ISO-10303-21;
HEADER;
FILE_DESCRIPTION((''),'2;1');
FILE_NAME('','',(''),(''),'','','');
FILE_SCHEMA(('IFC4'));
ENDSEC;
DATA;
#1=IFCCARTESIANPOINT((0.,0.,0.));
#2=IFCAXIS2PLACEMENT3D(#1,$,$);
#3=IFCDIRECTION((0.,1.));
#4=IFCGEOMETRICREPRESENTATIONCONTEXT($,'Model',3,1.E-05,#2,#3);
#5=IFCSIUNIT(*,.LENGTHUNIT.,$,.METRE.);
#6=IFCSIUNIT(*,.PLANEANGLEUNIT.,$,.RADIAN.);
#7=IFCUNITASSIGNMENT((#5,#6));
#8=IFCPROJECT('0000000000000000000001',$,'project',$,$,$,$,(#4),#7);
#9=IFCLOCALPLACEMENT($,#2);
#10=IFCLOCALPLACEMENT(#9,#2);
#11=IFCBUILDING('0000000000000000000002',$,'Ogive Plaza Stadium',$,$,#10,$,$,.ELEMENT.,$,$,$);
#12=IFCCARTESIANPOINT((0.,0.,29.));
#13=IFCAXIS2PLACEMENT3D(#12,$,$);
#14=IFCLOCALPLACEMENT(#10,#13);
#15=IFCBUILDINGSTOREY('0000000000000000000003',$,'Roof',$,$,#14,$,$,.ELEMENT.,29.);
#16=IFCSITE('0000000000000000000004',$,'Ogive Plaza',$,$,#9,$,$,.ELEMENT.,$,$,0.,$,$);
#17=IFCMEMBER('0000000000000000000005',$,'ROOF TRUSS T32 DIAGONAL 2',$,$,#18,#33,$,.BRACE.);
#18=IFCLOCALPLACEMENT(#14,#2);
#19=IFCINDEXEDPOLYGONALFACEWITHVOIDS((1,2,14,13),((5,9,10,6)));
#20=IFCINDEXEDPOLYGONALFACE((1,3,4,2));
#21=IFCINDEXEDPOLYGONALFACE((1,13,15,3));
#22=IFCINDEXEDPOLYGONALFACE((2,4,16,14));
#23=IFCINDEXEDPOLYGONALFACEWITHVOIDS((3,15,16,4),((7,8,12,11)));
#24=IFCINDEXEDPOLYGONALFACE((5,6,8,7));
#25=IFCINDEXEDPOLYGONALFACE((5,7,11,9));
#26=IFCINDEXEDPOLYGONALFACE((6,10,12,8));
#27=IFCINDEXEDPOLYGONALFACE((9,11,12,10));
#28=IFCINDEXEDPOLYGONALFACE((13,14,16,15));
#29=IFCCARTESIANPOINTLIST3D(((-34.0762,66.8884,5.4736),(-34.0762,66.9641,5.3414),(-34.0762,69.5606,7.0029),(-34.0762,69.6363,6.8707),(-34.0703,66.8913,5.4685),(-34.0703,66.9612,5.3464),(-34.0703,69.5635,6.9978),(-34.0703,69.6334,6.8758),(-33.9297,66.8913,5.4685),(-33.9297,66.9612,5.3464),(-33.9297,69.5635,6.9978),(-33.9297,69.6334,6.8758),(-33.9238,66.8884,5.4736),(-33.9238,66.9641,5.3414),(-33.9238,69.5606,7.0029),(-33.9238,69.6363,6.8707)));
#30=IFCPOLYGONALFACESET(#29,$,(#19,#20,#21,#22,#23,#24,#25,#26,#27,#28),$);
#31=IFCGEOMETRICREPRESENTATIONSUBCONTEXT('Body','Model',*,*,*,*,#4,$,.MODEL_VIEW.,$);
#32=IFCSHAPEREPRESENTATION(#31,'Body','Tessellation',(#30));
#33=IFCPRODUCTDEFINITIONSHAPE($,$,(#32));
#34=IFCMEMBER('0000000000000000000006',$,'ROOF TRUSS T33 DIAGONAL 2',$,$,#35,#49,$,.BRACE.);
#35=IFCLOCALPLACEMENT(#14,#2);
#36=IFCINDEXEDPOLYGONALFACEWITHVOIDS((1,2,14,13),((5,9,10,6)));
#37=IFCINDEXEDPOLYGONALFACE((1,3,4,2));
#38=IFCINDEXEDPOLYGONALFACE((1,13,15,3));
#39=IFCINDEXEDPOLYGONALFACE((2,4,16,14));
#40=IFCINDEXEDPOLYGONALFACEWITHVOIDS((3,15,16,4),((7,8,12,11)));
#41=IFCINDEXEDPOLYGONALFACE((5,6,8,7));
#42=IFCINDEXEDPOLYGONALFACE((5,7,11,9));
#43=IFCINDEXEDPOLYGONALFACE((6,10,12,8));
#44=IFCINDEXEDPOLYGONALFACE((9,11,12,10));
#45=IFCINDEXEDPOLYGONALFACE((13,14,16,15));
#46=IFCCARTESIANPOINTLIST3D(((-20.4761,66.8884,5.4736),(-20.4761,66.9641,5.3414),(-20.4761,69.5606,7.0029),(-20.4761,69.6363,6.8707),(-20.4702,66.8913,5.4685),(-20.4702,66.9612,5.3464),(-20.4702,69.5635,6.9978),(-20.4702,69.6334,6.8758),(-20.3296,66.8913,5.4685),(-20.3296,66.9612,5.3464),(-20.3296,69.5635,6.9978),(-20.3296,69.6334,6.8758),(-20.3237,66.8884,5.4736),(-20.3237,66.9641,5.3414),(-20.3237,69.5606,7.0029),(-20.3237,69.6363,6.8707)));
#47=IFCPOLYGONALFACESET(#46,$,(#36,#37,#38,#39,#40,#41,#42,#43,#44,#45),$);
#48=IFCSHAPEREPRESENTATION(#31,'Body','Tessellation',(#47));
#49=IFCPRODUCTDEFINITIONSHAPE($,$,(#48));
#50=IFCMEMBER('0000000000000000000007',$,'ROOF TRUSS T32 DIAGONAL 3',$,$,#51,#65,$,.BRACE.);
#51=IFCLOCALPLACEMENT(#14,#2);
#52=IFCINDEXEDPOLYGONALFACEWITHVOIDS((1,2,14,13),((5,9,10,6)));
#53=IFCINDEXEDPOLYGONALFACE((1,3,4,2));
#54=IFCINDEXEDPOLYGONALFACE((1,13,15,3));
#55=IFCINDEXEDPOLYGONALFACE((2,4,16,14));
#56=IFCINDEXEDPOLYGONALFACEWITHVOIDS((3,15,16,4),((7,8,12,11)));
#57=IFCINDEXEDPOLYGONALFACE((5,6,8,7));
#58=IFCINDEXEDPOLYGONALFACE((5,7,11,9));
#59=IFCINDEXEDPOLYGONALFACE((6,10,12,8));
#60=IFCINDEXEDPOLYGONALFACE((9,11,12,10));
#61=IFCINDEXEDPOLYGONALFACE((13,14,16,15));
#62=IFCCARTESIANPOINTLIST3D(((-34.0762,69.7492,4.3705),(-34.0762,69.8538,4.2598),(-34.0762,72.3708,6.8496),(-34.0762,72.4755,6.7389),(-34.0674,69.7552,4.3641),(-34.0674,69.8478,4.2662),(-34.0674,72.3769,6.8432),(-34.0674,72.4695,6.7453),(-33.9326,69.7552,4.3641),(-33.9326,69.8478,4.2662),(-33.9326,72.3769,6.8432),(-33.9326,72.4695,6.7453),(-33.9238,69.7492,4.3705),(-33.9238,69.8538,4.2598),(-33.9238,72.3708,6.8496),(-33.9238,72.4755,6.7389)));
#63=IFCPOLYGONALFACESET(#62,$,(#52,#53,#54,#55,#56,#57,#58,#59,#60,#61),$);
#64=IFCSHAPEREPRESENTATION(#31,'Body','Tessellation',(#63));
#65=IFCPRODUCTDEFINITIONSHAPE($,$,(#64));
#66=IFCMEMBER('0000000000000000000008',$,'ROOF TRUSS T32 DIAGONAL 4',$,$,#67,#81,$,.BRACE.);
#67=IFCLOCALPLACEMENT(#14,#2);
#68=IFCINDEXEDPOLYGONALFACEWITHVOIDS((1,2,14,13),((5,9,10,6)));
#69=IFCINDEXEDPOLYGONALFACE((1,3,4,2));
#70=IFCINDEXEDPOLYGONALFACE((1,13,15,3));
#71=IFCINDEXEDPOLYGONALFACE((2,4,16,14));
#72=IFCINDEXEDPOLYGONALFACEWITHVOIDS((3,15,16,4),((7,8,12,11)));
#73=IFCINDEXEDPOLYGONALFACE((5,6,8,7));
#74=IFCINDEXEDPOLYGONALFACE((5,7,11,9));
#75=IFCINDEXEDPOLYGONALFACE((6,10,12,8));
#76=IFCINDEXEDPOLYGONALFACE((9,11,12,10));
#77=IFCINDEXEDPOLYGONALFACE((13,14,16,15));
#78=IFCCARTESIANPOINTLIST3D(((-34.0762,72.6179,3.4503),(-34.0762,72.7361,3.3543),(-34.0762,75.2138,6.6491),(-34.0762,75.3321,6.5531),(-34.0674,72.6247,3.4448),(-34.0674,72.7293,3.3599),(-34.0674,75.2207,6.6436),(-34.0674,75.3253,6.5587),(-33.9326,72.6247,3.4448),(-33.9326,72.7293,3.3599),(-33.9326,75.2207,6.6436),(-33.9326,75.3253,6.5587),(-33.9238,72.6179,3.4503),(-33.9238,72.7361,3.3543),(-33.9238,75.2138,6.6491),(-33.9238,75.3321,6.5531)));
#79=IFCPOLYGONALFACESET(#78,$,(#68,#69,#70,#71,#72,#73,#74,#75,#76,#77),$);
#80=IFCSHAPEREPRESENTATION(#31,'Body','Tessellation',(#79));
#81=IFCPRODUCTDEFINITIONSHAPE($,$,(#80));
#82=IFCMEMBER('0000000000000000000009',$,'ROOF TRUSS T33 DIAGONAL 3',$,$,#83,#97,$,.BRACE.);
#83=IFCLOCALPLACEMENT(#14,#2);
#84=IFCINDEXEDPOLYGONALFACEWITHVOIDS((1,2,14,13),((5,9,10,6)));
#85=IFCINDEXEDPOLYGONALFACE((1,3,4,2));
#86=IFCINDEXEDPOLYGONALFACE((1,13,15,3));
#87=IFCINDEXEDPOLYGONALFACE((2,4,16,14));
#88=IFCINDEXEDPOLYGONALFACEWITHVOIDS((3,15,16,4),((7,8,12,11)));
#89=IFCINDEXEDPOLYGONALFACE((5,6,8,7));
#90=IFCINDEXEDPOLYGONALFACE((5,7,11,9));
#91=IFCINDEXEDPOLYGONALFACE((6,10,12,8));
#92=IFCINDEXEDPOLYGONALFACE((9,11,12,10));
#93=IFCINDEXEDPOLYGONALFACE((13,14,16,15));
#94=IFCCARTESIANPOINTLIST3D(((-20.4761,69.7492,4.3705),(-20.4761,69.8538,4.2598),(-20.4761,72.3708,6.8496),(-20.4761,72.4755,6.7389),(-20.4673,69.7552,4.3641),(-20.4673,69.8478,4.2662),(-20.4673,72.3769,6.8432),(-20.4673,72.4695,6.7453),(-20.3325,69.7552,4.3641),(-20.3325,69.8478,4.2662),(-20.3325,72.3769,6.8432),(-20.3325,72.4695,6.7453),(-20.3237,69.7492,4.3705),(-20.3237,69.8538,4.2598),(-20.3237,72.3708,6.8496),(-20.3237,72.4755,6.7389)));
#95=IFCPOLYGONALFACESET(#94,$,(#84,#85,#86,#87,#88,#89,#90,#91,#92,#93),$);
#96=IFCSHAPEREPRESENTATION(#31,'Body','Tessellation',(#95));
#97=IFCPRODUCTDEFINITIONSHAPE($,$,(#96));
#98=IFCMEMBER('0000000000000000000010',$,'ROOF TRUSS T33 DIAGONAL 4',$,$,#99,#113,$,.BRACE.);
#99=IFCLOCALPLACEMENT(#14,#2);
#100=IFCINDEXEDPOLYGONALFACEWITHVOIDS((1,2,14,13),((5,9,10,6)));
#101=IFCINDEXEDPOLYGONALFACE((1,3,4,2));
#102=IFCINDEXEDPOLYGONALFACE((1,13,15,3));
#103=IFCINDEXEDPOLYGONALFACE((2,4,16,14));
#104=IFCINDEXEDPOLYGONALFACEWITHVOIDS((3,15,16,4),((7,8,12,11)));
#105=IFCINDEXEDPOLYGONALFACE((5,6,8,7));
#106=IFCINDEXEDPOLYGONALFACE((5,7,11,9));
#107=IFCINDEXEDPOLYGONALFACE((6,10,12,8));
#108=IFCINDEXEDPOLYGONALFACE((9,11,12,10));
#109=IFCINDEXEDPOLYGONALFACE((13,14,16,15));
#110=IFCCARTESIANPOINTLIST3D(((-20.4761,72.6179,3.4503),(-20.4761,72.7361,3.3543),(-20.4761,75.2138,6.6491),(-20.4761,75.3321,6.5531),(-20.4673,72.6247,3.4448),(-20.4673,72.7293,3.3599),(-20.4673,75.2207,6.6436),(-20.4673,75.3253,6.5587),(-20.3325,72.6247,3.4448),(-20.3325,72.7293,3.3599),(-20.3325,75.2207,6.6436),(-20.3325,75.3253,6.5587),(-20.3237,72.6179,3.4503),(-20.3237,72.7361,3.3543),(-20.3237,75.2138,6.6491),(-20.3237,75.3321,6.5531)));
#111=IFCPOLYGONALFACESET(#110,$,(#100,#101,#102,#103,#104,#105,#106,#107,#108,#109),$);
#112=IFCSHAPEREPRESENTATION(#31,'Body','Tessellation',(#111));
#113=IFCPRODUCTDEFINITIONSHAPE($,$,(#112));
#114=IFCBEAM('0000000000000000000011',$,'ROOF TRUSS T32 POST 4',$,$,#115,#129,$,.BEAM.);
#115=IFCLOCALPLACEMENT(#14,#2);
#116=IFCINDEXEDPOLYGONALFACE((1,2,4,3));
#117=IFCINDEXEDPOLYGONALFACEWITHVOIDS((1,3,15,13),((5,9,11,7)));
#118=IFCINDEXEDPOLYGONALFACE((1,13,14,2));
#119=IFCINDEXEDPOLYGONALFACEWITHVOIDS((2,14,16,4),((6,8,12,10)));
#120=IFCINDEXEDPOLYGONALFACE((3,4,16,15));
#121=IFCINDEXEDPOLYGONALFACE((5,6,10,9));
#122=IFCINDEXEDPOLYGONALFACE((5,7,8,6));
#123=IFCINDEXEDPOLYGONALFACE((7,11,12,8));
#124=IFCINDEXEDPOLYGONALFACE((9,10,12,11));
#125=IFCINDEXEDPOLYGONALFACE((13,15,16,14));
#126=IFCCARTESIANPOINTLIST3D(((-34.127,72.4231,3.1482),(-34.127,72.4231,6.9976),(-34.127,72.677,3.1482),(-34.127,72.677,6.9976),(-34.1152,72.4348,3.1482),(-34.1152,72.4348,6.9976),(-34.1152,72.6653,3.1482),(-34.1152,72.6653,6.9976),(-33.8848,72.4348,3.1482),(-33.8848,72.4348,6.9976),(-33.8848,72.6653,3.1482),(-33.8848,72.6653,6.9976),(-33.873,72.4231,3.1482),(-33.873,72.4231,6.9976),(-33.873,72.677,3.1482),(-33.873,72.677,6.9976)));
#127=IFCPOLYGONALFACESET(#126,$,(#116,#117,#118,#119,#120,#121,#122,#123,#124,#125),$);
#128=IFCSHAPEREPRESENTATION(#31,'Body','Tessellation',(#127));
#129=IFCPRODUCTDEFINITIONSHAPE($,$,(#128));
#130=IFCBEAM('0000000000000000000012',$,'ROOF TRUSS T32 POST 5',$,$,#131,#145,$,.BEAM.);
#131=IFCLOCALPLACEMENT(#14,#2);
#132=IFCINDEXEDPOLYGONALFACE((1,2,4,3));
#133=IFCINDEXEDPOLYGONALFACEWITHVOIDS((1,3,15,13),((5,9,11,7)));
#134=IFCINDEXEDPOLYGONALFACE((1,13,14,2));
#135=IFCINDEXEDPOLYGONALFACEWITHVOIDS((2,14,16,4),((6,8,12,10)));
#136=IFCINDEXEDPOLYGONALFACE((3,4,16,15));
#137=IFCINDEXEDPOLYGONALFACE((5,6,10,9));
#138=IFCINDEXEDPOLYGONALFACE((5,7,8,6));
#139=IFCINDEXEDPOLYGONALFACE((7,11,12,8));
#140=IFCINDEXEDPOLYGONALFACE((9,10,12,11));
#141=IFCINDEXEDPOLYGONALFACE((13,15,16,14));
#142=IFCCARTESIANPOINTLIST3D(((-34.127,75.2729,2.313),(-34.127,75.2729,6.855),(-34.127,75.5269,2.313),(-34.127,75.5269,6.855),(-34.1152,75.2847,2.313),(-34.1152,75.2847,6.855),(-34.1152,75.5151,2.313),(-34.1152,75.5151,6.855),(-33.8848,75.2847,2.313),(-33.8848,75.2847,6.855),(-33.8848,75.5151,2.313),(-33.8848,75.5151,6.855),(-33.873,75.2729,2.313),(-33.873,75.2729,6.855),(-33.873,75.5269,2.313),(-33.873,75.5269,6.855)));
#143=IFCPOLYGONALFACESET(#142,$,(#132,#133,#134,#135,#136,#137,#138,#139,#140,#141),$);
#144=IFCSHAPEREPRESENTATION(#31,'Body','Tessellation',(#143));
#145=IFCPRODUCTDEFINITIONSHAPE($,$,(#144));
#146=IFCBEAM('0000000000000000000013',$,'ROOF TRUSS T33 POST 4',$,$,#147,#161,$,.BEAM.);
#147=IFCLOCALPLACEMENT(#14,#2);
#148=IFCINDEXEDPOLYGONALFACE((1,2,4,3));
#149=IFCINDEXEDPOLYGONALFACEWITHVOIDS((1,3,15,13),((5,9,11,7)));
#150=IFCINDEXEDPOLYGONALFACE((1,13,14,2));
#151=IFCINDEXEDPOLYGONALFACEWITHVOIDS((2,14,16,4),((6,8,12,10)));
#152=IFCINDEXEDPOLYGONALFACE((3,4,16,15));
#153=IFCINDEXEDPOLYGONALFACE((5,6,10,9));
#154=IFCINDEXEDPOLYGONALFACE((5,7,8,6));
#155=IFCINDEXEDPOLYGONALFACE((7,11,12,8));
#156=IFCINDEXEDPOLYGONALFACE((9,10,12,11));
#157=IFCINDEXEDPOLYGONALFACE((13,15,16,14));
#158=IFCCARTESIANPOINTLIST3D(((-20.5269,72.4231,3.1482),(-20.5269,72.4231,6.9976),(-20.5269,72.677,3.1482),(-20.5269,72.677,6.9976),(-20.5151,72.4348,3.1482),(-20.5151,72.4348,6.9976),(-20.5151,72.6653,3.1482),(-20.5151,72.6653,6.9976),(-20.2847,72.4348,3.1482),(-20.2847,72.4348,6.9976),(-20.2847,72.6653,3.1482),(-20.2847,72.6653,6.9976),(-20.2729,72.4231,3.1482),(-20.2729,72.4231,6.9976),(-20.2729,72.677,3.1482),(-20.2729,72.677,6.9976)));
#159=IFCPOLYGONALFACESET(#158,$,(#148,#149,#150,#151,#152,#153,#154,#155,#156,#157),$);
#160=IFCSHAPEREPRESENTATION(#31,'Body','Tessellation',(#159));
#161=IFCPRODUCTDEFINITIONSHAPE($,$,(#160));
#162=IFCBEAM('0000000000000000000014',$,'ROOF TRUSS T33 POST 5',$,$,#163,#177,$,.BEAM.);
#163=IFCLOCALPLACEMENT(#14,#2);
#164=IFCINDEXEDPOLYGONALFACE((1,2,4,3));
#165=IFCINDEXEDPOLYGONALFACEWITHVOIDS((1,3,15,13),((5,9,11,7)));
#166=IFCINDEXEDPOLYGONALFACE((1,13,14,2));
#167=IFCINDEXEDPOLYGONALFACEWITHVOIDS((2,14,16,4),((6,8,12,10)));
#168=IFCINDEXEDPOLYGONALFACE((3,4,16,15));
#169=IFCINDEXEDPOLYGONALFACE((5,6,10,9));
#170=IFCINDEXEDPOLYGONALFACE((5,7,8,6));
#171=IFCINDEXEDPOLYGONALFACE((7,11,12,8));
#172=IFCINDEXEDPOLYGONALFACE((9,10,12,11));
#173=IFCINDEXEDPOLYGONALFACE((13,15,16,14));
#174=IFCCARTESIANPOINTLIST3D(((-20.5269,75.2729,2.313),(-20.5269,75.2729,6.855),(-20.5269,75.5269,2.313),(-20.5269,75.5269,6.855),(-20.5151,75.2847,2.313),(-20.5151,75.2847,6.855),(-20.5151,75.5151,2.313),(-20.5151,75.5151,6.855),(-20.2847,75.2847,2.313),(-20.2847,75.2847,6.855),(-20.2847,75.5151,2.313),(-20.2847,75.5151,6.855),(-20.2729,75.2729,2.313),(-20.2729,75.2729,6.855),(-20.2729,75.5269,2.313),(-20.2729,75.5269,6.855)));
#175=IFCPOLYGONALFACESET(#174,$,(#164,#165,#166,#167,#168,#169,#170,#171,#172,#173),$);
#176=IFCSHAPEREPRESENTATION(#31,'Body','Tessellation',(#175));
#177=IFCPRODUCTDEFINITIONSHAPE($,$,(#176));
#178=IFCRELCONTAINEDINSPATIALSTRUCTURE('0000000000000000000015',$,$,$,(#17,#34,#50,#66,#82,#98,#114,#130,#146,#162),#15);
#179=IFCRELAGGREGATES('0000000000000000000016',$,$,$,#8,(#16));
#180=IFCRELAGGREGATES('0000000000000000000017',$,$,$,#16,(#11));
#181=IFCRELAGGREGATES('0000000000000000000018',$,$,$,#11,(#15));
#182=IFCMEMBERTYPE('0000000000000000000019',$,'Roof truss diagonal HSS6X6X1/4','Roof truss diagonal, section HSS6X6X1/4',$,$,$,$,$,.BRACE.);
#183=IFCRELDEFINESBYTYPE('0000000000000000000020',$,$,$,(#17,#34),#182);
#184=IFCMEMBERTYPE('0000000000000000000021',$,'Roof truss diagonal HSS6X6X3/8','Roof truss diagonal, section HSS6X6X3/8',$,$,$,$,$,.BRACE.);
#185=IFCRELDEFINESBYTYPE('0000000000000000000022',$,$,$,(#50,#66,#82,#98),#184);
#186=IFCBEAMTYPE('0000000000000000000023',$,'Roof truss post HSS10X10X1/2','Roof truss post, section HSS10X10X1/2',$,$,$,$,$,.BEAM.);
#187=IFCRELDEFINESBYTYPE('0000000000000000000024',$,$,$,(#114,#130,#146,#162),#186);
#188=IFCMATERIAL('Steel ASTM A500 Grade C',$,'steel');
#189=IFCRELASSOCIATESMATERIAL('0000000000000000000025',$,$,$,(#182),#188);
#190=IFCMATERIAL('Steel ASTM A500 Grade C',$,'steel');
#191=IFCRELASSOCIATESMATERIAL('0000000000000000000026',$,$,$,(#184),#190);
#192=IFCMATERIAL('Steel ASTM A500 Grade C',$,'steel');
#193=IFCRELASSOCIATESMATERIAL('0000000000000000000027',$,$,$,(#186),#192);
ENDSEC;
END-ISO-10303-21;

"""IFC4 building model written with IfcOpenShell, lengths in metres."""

from ifc_helpers import new_model, si_unit, direction, frame, origin, origin_2d, place, context, subcontext, project, spatial, hollow_rectangle, extrude, material, material_profile, profile_set, type_object, element, save


model = new_model("IFC4")

# Units and contexts
model_context = context("Model", 3, precision=1e-05, world=origin(), true_north=direction((0.0, 1.0)))
body_context = subcontext(model_context, "Body", "Model", "MODEL_VIEW")
ifc_project = project(units=[si_unit("LENGTHUNIT", "METRE"), si_unit("PLANEANGLEUNIT", "RADIAN")], contexts=[model_context])

# Site, building, storey
site_placement = place(None, origin())
site = spatial("IfcSite", under=ifc_project, at=site_placement, Name="Ogive Plaza", CompositionType="ELEMENT", RefElevation=0.0)
building_placement = place(site_placement, origin())
building = spatial("IfcBuilding", under=site, at=building_placement, Name="Ogive Plaza Stadium", CompositionType="ELEMENT")
storey_placement = place(building_placement, frame((0.0, 0.0, 29.0)))
storey = spatial("IfcBuildingStorey", under=building, at=storey_placement, Name="Roof", CompositionType="ELEMENT", Elevation=29.0)

# Members
ifc_material_1 = material(Name="Steel ASTM A500 Grade C", Category="steel")
ifc_material_profile_1 = material_profile(ifc_material_1, hollow_rectangle(XDim=0.1523, YDim=0.1523, WallThickness=0.0059, at=origin_2d()), Name="HSS6X6X1/4")
ifc_profile_set_1 = profile_set([ifc_material_profile_1], Name="Steel ASTM A500 Grade C")
member_type_1 = type_object("IfcMemberType", Name="Roof truss diagonal HSS6X6X1/4", Description="Roof truss diagonal, section HSS6X6X1/4", PredefinedType="BRACE", material=ifc_profile_set_1)
for number, where, z_axis, x_axis, name in (
    (1, (-34.0, 66.9263, 5.4075), (0.0, 0.867911, 0.49672), (-1.0, 0.0, 0.0), "ROOF TRUSS T32 DIAGONAL 2"),
    (2, (-20.3999, 66.9263, 5.4075), (0.0, 0.867911, 0.49672), (-1.0, 0.0, 0.0), "ROOF TRUSS T33 DIAGONAL 2"),
):
    element("IfcMember", number, at=place(storey_placement, frame(where, z_axis=z_axis, x_axis=x_axis)), inside=storey, type_object=member_type_1, Name=name, PredefinedType="BRACE", context=body_context, shape_type="SweptSolid", body=[
        extrude(hollow_rectangle(XDim=0.1523, YDim=0.1523, WallThickness=0.0059, at=origin_2d()), origin(), (0.0, 0.0, 1.0), 3.0789),
    ])
ifc_material_2 = material(Name="Steel ASTM A500 Grade C", Category="steel")
ifc_material_profile_2 = material_profile(ifc_material_2, hollow_rectangle(XDim=0.1523, YDim=0.1523, WallThickness=0.0088, at=origin_2d()), Name="HSS6X6X3/8")
ifc_profile_set_2 = profile_set([ifc_material_profile_2], Name="Steel ASTM A500 Grade C")
member_type_2 = type_object("IfcMemberType", Name="Roof truss diagonal HSS6X6X3/8", Description="Roof truss diagonal, section HSS6X6X3/8", PredefinedType="BRACE", material=ifc_profile_set_2)
member_1_placement = place(storey_placement, frame((-34.0, 69.8015, 4.3152), z_axis=(0.0, 0.726589, 0.687072), x_axis=(-1.0, 0.0, 0.0)))
element("IfcMember", 3, at=member_1_placement, inside=storey, type_object=member_type_2, Name="ROOF TRUSS T32 DIAGONAL 3", PredefinedType="BRACE", context=body_context, shape_type="SweptSolid", body=[
    extrude(hollow_rectangle(XDim=0.1523, YDim=0.1523, WallThickness=0.0088, at=origin_2d()), origin(), (0.0, 0.0, 1.0), 3.6082),
])
member_2_placement = place(storey_placement, frame((-34.0, 72.677, 3.4023), z_axis=(0.0, 0.630151, 0.776473), x_axis=(-1.0, 0.0, 0.0)))
element("IfcMember", 4, at=member_2_placement, inside=storey, type_object=member_type_2, Name="ROOF TRUSS T32 DIAGONAL 4", PredefinedType="BRACE", context=body_context, shape_type="SweptSolid", body=[
    extrude(hollow_rectangle(XDim=0.1523, YDim=0.1523, WallThickness=0.0088, at=origin_2d()), origin(), (0.0, 0.0, 1.0), 4.1196),
])
member_3_placement = place(storey_placement, frame((-20.3999, 69.8015, 4.3152), z_axis=(0.0, 0.726589, 0.687072), x_axis=(-1.0, 0.0, 0.0)))
element("IfcMember", 5, at=member_3_placement, inside=storey, type_object=member_type_2, Name="ROOF TRUSS T33 DIAGONAL 3", PredefinedType="BRACE", context=body_context, shape_type="SweptSolid", body=[
    extrude(hollow_rectangle(XDim=0.1523, YDim=0.1523, WallThickness=0.0088, at=origin_2d()), origin(), (0.0, 0.0, 1.0), 3.6082),
])
member_4_placement = place(storey_placement, frame((-20.3999, 72.677, 3.4023), z_axis=(0.0, 0.630151, 0.776473), x_axis=(-1.0, 0.0, 0.0)))
element("IfcMember", 6, at=member_4_placement, inside=storey, type_object=member_type_2, Name="ROOF TRUSS T33 DIAGONAL 4", PredefinedType="BRACE", context=body_context, shape_type="SweptSolid", body=[
    extrude(hollow_rectangle(XDim=0.1523, YDim=0.1523, WallThickness=0.0088, at=origin_2d()), origin(), (0.0, 0.0, 1.0), 4.1196),
])

# Beams
ifc_material_3 = material(Name="Steel ASTM A500 Grade C", Category="steel")
ifc_material_profile_3 = material_profile(ifc_material_3, hollow_rectangle(XDim=0.2539, YDim=0.2539, WallThickness=0.0117, at=origin_2d()), Name="HSS10X10X1/2")
ifc_profile_set_3 = profile_set([ifc_material_profile_3], Name="Steel ASTM A500 Grade C")
beam_type_1 = type_object("IfcBeamType", Name="Roof truss post HSS10X10X1/2", Description="Roof truss post, section HSS10X10X1/2", PredefinedType="BEAM", material=ifc_profile_set_3)
beam_1_placement = place(storey_placement, frame((-34.0, 72.55, 3.1482), z_axis=(0.0, 0.0, 1.0), x_axis=(-1.0, 0.0, 0.0)))
element("IfcBeam", 7, at=beam_1_placement, inside=storey, type_object=beam_type_1, Name="ROOF TRUSS T32 POST 4", PredefinedType="BEAM", context=body_context, shape_type="SweptSolid", body=[
    extrude(hollow_rectangle(XDim=0.2539, YDim=0.2539, WallThickness=0.0117, at=origin_2d()), origin(), (0.0, 0.0, 1.0), 3.8494),
])
beam_2_placement = place(storey_placement, frame((-34.0, 75.3999, 2.313), z_axis=(0.0, 0.0, 1.0), x_axis=(-1.0, 0.0, 0.0)))
element("IfcBeam", 8, at=beam_2_placement, inside=storey, type_object=beam_type_1, Name="ROOF TRUSS T32 POST 5", PredefinedType="BEAM", context=body_context, shape_type="SweptSolid", body=[
    extrude(hollow_rectangle(XDim=0.2539, YDim=0.2539, WallThickness=0.0117, at=origin_2d()), origin(), (0.0, 0.0, 1.0), 4.542),
])
beam_3_placement = place(storey_placement, frame((-20.3999, 72.55, 3.1482), z_axis=(0.0, 0.0, 1.0), x_axis=(-1.0, 0.0, 0.0)))
element("IfcBeam", 9, at=beam_3_placement, inside=storey, type_object=beam_type_1, Name="ROOF TRUSS T33 POST 4", PredefinedType="BEAM", context=body_context, shape_type="SweptSolid", body=[
    extrude(hollow_rectangle(XDim=0.2539, YDim=0.2539, WallThickness=0.0117, at=origin_2d()), origin(), (0.0, 0.0, 1.0), 3.8494),
])
beam_4_placement = place(storey_placement, frame((-20.3999, 75.3999, 2.313), z_axis=(0.0, 0.0, 1.0), x_axis=(-1.0, 0.0, 0.0)))
element("IfcBeam", 10, at=beam_4_placement, inside=storey, type_object=beam_type_1, Name="ROOF TRUSS T33 POST 5", PredefinedType="BEAM", context=body_context, shape_type="SweptSolid", body=[
    extrude(hollow_rectangle(XDim=0.2539, YDim=0.2539, WallThickness=0.0117, at=origin_2d()), origin(), (0.0, 0.0, 1.0), 4.542),
])

save(model, "model.ifc")
